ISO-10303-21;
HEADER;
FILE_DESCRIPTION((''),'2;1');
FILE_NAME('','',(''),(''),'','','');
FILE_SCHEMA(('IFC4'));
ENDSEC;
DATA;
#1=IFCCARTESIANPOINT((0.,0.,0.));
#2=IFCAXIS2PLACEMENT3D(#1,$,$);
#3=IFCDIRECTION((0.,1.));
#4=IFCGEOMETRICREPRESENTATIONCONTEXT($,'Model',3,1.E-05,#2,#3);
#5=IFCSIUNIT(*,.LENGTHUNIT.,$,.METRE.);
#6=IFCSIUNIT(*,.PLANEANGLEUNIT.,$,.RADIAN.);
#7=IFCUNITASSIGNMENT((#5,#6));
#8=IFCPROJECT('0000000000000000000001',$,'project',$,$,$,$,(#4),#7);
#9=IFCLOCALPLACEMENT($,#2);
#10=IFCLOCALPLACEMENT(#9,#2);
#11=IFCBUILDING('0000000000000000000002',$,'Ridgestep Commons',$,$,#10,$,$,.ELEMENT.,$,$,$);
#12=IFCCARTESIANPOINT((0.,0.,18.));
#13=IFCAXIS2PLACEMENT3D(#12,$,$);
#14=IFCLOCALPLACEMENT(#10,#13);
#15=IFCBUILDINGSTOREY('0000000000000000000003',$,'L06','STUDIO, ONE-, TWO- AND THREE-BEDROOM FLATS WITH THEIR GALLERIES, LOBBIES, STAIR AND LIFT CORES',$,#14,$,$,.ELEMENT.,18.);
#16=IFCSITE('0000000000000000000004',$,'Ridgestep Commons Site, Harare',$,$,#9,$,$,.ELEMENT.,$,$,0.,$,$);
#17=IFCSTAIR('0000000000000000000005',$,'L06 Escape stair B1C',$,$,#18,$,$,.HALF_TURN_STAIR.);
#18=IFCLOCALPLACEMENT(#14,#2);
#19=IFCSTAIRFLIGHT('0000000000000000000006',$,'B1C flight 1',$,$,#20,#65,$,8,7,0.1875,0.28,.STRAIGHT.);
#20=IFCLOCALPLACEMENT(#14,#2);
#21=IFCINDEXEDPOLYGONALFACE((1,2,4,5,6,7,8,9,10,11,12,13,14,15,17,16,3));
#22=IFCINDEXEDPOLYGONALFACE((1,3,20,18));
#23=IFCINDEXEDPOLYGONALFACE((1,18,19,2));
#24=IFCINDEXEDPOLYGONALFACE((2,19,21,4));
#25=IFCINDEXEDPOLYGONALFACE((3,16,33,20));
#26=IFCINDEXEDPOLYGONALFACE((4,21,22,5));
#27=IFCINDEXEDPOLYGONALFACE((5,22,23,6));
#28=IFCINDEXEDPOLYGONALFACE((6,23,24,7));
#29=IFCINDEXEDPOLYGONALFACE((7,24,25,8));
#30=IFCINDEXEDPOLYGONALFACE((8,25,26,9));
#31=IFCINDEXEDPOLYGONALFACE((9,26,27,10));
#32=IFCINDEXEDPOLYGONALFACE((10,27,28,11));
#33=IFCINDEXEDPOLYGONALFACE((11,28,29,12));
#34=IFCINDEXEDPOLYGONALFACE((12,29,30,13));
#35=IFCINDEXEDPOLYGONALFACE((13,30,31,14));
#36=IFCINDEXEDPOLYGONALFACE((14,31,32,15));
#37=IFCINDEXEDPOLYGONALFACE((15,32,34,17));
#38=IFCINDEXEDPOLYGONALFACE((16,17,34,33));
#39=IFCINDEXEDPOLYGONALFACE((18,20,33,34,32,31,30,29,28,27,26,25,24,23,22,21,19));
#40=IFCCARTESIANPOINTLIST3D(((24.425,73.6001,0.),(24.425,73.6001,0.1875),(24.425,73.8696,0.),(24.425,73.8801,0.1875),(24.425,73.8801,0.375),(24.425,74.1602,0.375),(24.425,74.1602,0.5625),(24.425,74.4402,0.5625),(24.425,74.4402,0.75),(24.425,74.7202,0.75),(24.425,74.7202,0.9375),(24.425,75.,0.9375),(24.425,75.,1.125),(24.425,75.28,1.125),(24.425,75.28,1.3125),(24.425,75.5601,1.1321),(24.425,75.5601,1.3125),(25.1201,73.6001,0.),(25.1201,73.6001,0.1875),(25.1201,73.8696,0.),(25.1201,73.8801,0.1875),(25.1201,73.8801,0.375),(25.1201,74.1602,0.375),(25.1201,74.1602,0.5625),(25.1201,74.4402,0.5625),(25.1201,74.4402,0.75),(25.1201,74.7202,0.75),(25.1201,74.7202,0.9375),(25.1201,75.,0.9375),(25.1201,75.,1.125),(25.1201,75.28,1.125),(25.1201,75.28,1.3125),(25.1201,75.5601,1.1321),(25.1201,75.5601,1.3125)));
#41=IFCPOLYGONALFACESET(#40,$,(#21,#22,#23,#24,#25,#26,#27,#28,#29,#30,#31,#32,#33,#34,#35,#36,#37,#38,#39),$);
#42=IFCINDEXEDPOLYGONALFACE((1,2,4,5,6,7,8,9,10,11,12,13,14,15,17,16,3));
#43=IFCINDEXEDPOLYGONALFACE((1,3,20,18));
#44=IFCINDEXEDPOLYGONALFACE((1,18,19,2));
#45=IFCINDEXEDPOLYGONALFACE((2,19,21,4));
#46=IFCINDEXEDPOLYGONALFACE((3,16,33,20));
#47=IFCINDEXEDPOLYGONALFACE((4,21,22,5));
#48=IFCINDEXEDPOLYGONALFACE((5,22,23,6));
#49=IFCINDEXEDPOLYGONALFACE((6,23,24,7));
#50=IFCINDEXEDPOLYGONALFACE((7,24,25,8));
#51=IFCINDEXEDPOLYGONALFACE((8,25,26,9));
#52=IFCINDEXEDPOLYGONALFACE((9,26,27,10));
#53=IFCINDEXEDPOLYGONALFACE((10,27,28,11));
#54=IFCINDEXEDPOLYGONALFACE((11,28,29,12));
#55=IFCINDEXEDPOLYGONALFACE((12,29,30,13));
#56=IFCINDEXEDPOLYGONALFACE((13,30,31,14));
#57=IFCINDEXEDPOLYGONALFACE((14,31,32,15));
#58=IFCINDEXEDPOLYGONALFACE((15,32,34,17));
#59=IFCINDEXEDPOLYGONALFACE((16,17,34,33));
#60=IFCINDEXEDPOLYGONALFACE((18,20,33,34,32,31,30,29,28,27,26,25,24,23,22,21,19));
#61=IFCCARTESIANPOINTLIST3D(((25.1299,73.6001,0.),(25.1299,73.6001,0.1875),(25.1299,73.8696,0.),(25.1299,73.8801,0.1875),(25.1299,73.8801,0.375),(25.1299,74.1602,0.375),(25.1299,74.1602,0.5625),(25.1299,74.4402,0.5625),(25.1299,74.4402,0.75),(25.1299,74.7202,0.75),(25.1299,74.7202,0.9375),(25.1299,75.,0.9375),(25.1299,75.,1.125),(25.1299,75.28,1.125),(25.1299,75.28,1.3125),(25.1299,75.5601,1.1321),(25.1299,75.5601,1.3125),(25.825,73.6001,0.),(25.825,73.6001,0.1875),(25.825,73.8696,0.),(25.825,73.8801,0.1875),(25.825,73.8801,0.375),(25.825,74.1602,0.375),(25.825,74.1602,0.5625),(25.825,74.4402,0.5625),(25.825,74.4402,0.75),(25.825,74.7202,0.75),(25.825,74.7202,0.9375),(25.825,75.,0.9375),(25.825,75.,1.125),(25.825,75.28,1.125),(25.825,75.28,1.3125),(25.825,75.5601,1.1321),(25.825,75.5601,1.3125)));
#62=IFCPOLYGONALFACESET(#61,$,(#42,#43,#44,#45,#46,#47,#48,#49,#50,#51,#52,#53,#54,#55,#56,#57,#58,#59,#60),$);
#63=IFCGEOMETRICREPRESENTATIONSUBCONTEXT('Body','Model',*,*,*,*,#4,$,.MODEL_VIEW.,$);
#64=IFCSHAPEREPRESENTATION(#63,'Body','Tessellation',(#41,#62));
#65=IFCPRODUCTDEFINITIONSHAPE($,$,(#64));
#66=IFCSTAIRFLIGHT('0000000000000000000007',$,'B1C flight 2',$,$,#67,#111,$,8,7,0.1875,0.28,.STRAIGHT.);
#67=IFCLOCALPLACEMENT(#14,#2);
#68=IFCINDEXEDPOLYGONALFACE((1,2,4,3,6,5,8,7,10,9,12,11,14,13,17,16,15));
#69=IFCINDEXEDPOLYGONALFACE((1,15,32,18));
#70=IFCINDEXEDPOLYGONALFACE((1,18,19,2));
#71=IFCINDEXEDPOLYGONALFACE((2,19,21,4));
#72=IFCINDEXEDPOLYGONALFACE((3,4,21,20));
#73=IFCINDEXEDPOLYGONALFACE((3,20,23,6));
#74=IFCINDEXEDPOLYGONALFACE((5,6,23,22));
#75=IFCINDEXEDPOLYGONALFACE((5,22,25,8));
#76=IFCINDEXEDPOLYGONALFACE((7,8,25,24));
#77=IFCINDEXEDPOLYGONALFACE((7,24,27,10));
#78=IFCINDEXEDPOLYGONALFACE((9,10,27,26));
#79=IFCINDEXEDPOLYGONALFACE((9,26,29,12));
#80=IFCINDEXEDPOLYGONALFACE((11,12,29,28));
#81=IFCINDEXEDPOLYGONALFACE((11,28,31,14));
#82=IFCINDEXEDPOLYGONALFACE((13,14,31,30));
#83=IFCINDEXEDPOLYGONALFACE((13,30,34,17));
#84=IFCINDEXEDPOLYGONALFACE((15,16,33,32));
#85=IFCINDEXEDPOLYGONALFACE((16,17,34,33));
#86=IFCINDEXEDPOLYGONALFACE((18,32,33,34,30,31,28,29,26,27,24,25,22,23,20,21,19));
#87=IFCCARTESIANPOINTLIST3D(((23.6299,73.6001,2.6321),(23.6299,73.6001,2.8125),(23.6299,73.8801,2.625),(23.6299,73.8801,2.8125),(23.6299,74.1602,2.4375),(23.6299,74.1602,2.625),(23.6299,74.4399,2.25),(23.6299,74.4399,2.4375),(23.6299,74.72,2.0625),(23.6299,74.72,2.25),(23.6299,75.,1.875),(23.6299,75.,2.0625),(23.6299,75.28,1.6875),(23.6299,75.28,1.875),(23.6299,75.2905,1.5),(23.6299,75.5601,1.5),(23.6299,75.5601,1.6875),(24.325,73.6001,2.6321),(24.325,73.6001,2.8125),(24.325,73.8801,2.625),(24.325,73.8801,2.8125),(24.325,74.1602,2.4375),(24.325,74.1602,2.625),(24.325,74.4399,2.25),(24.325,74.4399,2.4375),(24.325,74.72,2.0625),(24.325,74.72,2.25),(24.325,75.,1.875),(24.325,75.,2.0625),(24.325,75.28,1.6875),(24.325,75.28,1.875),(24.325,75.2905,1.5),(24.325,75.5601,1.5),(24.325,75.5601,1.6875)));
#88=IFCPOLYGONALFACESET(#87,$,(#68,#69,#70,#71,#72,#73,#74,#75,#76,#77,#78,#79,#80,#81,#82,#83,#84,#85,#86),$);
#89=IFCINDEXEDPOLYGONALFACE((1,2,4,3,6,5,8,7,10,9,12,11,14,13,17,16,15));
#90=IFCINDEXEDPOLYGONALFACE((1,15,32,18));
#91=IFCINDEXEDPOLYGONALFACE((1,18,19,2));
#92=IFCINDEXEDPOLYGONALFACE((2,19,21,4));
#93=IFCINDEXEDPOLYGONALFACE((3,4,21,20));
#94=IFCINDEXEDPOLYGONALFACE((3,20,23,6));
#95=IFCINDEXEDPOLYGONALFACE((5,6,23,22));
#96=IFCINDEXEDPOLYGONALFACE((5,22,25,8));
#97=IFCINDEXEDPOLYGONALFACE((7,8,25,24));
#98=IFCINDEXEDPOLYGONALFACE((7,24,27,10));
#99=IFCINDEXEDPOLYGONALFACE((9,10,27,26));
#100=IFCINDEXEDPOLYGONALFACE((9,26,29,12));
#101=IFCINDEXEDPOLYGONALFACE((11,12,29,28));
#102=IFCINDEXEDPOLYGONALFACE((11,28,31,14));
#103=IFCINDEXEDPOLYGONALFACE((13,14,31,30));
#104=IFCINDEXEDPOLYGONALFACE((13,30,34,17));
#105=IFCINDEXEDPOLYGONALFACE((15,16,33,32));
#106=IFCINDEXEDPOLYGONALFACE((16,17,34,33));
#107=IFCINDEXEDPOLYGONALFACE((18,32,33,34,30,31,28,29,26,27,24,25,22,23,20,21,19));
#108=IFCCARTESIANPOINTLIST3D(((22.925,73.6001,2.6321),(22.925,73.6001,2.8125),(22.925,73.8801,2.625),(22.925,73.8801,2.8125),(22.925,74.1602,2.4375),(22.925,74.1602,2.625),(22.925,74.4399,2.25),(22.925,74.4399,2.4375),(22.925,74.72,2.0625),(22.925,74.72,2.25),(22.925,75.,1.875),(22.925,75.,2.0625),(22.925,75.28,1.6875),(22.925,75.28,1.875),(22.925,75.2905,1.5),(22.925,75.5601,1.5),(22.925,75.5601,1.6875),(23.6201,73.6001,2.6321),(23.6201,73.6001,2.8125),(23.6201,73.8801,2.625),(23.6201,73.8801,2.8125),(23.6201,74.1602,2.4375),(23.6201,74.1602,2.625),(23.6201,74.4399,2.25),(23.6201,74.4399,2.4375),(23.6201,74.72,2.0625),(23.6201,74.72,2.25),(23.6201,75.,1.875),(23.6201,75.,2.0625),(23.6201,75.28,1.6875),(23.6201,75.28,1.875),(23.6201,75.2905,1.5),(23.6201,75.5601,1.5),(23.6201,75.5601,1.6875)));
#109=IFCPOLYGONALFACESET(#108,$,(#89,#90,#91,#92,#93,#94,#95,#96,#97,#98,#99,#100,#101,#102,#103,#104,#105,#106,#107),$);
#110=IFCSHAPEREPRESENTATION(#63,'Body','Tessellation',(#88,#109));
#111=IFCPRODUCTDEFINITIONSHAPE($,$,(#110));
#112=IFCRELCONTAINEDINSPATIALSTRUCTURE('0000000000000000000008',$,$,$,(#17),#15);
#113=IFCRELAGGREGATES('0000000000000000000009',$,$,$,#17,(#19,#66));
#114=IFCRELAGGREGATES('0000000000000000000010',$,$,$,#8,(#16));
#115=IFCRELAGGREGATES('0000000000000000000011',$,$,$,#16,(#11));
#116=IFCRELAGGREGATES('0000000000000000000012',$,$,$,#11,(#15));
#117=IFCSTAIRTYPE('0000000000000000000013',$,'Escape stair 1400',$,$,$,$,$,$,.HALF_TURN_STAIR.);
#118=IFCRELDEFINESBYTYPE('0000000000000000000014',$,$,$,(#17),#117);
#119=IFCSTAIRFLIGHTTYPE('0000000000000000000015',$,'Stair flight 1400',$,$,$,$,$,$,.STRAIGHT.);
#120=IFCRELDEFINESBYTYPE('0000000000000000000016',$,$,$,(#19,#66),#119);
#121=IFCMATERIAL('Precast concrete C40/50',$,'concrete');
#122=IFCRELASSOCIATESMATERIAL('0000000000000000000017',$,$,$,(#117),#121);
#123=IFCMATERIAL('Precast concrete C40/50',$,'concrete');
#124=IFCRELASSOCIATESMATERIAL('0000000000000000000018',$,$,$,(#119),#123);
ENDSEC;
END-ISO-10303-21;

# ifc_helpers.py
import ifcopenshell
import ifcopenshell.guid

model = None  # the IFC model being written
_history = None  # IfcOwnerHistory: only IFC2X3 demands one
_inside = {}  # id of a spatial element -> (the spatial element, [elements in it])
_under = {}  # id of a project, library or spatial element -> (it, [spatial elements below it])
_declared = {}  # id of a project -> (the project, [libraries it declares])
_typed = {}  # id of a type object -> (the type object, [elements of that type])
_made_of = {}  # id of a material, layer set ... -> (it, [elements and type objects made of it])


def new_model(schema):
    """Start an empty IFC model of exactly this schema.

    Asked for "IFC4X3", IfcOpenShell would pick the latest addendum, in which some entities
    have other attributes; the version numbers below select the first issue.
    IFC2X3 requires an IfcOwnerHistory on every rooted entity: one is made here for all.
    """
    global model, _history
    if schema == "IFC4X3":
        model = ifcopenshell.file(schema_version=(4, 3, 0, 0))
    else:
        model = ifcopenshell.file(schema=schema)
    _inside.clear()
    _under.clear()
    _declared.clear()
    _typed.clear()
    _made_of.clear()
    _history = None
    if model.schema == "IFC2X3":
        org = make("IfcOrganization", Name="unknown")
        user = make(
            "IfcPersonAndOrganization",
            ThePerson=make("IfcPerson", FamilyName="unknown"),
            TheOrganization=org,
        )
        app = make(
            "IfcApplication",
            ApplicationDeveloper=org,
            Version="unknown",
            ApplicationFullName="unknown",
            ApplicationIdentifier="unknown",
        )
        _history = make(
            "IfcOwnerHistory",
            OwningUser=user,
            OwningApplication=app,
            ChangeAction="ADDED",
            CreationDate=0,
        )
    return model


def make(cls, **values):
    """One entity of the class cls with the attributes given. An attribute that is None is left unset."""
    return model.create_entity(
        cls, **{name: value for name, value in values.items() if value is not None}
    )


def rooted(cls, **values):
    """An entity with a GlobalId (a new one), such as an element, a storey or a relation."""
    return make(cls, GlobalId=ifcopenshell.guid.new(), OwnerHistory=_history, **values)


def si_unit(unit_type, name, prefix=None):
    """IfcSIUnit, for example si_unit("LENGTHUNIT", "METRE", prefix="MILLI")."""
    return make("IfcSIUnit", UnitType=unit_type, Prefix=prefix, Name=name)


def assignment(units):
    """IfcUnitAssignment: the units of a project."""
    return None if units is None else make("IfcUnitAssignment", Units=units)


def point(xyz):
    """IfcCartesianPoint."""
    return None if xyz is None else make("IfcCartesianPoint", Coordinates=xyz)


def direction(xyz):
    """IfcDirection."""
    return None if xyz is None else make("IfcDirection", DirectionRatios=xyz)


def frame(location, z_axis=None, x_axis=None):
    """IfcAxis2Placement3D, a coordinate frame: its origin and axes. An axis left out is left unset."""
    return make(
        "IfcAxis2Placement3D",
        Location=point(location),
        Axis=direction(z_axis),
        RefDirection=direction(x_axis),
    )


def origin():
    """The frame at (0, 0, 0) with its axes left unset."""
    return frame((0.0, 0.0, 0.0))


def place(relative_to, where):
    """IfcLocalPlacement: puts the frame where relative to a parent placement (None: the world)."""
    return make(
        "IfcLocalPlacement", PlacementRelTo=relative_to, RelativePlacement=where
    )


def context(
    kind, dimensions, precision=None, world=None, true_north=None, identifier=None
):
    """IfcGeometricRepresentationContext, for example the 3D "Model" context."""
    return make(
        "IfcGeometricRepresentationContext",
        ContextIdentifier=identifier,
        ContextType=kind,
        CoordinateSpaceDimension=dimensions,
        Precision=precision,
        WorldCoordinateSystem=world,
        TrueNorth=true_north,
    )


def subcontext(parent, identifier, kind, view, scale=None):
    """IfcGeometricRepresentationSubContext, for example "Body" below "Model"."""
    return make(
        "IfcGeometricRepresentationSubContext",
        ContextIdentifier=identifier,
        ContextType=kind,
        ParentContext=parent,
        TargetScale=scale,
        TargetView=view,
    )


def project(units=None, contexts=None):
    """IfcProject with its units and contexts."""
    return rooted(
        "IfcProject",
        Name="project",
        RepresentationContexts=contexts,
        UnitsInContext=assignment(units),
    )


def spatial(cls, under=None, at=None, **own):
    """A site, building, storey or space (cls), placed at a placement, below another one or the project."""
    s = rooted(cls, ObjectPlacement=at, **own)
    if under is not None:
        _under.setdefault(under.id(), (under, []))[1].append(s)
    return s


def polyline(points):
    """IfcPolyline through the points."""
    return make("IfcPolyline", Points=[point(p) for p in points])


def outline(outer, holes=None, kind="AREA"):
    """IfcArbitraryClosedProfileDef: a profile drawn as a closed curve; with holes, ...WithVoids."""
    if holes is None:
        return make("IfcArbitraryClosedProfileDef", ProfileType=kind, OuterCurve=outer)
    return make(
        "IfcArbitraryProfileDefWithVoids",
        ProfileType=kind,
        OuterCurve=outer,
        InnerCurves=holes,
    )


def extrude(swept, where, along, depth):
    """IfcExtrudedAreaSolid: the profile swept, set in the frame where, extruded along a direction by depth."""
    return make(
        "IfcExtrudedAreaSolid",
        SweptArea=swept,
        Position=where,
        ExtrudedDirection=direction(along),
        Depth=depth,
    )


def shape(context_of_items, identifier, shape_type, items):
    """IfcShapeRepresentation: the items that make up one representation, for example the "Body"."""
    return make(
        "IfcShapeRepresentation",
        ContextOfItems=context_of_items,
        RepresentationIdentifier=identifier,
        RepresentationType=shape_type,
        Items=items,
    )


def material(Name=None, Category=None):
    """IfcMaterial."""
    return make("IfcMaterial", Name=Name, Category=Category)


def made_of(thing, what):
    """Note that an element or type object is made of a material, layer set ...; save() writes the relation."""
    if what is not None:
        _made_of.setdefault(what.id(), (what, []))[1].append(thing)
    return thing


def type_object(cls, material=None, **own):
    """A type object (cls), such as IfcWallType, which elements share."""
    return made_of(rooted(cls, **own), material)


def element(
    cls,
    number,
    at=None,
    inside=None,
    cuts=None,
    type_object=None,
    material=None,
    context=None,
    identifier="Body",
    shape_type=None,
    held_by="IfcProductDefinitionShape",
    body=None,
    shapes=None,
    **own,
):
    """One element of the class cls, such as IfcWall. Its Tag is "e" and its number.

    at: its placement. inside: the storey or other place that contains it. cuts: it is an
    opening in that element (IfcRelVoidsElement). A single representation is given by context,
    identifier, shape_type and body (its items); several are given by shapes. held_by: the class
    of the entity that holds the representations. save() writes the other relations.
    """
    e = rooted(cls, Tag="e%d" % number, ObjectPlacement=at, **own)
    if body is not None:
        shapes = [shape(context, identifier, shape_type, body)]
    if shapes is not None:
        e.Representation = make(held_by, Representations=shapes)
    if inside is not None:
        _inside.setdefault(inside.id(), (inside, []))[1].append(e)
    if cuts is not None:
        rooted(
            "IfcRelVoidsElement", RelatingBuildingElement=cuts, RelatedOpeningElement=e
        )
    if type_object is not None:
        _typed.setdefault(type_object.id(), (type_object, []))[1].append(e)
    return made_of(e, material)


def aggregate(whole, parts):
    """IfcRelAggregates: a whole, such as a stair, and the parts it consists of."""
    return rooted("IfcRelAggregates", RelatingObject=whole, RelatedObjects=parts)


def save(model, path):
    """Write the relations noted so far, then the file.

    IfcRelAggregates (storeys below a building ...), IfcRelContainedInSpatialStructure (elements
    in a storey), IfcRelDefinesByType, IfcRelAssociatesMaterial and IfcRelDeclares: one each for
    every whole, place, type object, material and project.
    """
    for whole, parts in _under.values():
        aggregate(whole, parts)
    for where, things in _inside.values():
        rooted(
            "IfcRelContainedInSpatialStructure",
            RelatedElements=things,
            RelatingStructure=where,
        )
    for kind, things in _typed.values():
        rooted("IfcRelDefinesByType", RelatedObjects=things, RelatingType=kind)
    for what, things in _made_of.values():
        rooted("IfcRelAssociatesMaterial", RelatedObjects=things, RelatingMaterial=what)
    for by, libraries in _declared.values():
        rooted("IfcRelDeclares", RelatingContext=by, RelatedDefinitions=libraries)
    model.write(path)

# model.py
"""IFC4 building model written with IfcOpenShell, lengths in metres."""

from ifc_helpers import new_model, si_unit, direction, frame, origin, place, context, subcontext, project, spatial, polyline, outline, extrude, material, type_object, element, aggregate, save


model = new_model("IFC4")

# Units and contexts
model_context = context("Model", 3, precision=1e-05, world=origin(), true_north=direction((0.0, 1.0)))
body_context = subcontext(model_context, "Body", "Model", "MODEL_VIEW")
ifc_project = project(units=[si_unit("LENGTHUNIT", "METRE"), si_unit("PLANEANGLEUNIT", "RADIAN")], contexts=[model_context])

# Site, building, storey
site_placement = place(None, origin())
site = spatial("IfcSite", under=ifc_project, at=site_placement, Name="Ridgestep Commons Site, Harare", CompositionType="ELEMENT", RefElevation=0.0)
building_placement = place(site_placement, origin())
building = spatial("IfcBuilding", under=site, at=building_placement, Name="Ridgestep Commons", CompositionType="ELEMENT")
storey_placement = place(building_placement, frame((0.0, 0.0, 18.0)))
storey = spatial("IfcBuildingStorey", under=building, at=storey_placement, Name="L06", Description="STUDIO, ONE-, TWO- AND THREE-BEDROOM FLATS WITH THEIR GALLERIES, LOBBIES, STAIR AND LIFT CORES", CompositionType="ELEMENT", Elevation=18.0)

# Stair, stair flights
ifc_material_1 = material(Name="Precast concrete C40/50", Category="concrete")
stair_type = type_object("IfcStairType", Name="Escape stair 1400", PredefinedType="HALF_TURN_STAIR", material=ifc_material_1)
stair_placement = place(storey_placement, origin())
stair = element("IfcStair", 1, at=stair_placement, inside=storey, type_object=stair_type, Name="L06 Escape stair B1C", PredefinedType="HALF_TURN_STAIR")
ifc_material_2 = material(Name="Precast concrete C40/50", Category="concrete")
stair_flight_type = type_object("IfcStairFlightType", Name="Stair flight 1400", PredefinedType="STRAIGHT", material=ifc_material_2)
stair_flight_1_placement = place(storey_placement, frame((25.125, 73.6001, 0.0), z_axis=(0.0, 0.0, 1.0), x_axis=(0.0, 1.0, 0.0)))
stair_flight_1 = element("IfcStairFlight", 2, at=stair_flight_1_placement, type_object=stair_flight_type, Name="B1C flight 1", NumberOfRisers=8, NumberOfTreads=7, PredefinedType="STRAIGHT", RiserHeight=0.1875, TreadLength=0.28, context=body_context, shape_type="SweptSolid", body=[
    extrude(outline(polyline([(0.0, 0.0), (0.0, 0.1875), (0.28, 0.1875), (0.28, 0.375), (0.5601, 0.375), (0.5601, 0.5625), (0.8401, 0.5625), (0.8401, 0.75), (1.1201, 0.75), (1.1201, 0.9375), (1.3999, 0.9375), (1.3999, 1.125), (1.6799, 1.125), (1.6799, 1.3125), (1.96, 1.3125), (1.96, 1.5), (1.96, 1.1321), (0.2695, 0.0), (0.0, 0.0)])), frame((0.0, 0.7, 0.0), z_axis=(0.0, -1.0, 0.0), x_axis=(1.0, 0.0, 0.0)), (0.0, 0.0, 1.0), 0.6951),
    extrude(outline(polyline([(0.0, 0.0), (0.0, 0.1875), (0.28, 0.1875), (0.28, 0.375), (0.5601, 0.375), (0.5601, 0.5625), (0.8401, 0.5625), (0.8401, 0.75), (1.1201, 0.75), (1.1201, 0.9375), (1.3999, 0.9375), (1.3999, 1.125), (1.6799, 1.125), (1.6799, 1.3125), (1.96, 1.3125), (1.96, 1.5), (1.96, 1.1321), (0.2695, 0.0), (0.0, 0.0)])), frame((0.0, -0.0049, 0.0), z_axis=(0.0, -1.0, 0.0), x_axis=(1.0, 0.0, 0.0)), (0.0, 0.0, 1.0), 0.6951),
])
stair_flight_2_placement = place(storey_placement, frame((23.625, 75.5601, 1.5), z_axis=(0.0, 0.0, 1.0), x_axis=(0.0, -1.0, 0.0)))
stair_flight_2 = element("IfcStairFlight", 3, at=stair_flight_2_placement, type_object=stair_flight_type, Name="B1C flight 2", NumberOfRisers=8, NumberOfTreads=7, PredefinedType="STRAIGHT", RiserHeight=0.1875, TreadLength=0.28, context=body_context, shape_type="SweptSolid", body=[
    extrude(outline(polyline([(0.0, 0.0), (0.0, 0.1875), (0.28, 0.1875), (0.28, 0.375), (0.5601, 0.375), (0.5601, 0.5625), (0.8401, 0.5625), (0.8401, 0.75), (1.1201, 0.75), (1.1201, 0.9375), (1.3999, 0.9375), (1.3999, 1.125), (1.6799, 1.125), (1.6799, 1.3125), (1.96, 1.3125), (1.96, 1.5), (1.96, 1.1321), (0.2695, 0.0), (0.0, 0.0)])), frame((0.0, 0.7, 0.0), z_axis=(0.0, -1.0, 0.0), x_axis=(1.0, 0.0, 0.0)), (0.0, 0.0, 1.0), 0.6951),
    extrude(outline(polyline([(0.0, 0.0), (0.0, 0.1875), (0.28, 0.1875), (0.28, 0.375), (0.5601, 0.375), (0.5601, 0.5625), (0.8401, 0.5625), (0.8401, 0.75), (1.1201, 0.75), (1.1201, 0.9375), (1.3999, 0.9375), (1.3999, 1.125), (1.6799, 1.125), (1.6799, 1.3125), (1.96, 1.3125), (1.96, 1.5), (1.96, 1.1321), (0.2695, 0.0), (0.0, 0.0)])), frame((0.0, -0.0049, 0.0), z_axis=(0.0, -1.0, 0.0), x_axis=(1.0, 0.0, 0.0)), (0.0, 0.0, 1.0), 0.6951),
])
aggregate(stair, [stair_flight_1, stair_flight_2])

save(model, "model.ifc")
